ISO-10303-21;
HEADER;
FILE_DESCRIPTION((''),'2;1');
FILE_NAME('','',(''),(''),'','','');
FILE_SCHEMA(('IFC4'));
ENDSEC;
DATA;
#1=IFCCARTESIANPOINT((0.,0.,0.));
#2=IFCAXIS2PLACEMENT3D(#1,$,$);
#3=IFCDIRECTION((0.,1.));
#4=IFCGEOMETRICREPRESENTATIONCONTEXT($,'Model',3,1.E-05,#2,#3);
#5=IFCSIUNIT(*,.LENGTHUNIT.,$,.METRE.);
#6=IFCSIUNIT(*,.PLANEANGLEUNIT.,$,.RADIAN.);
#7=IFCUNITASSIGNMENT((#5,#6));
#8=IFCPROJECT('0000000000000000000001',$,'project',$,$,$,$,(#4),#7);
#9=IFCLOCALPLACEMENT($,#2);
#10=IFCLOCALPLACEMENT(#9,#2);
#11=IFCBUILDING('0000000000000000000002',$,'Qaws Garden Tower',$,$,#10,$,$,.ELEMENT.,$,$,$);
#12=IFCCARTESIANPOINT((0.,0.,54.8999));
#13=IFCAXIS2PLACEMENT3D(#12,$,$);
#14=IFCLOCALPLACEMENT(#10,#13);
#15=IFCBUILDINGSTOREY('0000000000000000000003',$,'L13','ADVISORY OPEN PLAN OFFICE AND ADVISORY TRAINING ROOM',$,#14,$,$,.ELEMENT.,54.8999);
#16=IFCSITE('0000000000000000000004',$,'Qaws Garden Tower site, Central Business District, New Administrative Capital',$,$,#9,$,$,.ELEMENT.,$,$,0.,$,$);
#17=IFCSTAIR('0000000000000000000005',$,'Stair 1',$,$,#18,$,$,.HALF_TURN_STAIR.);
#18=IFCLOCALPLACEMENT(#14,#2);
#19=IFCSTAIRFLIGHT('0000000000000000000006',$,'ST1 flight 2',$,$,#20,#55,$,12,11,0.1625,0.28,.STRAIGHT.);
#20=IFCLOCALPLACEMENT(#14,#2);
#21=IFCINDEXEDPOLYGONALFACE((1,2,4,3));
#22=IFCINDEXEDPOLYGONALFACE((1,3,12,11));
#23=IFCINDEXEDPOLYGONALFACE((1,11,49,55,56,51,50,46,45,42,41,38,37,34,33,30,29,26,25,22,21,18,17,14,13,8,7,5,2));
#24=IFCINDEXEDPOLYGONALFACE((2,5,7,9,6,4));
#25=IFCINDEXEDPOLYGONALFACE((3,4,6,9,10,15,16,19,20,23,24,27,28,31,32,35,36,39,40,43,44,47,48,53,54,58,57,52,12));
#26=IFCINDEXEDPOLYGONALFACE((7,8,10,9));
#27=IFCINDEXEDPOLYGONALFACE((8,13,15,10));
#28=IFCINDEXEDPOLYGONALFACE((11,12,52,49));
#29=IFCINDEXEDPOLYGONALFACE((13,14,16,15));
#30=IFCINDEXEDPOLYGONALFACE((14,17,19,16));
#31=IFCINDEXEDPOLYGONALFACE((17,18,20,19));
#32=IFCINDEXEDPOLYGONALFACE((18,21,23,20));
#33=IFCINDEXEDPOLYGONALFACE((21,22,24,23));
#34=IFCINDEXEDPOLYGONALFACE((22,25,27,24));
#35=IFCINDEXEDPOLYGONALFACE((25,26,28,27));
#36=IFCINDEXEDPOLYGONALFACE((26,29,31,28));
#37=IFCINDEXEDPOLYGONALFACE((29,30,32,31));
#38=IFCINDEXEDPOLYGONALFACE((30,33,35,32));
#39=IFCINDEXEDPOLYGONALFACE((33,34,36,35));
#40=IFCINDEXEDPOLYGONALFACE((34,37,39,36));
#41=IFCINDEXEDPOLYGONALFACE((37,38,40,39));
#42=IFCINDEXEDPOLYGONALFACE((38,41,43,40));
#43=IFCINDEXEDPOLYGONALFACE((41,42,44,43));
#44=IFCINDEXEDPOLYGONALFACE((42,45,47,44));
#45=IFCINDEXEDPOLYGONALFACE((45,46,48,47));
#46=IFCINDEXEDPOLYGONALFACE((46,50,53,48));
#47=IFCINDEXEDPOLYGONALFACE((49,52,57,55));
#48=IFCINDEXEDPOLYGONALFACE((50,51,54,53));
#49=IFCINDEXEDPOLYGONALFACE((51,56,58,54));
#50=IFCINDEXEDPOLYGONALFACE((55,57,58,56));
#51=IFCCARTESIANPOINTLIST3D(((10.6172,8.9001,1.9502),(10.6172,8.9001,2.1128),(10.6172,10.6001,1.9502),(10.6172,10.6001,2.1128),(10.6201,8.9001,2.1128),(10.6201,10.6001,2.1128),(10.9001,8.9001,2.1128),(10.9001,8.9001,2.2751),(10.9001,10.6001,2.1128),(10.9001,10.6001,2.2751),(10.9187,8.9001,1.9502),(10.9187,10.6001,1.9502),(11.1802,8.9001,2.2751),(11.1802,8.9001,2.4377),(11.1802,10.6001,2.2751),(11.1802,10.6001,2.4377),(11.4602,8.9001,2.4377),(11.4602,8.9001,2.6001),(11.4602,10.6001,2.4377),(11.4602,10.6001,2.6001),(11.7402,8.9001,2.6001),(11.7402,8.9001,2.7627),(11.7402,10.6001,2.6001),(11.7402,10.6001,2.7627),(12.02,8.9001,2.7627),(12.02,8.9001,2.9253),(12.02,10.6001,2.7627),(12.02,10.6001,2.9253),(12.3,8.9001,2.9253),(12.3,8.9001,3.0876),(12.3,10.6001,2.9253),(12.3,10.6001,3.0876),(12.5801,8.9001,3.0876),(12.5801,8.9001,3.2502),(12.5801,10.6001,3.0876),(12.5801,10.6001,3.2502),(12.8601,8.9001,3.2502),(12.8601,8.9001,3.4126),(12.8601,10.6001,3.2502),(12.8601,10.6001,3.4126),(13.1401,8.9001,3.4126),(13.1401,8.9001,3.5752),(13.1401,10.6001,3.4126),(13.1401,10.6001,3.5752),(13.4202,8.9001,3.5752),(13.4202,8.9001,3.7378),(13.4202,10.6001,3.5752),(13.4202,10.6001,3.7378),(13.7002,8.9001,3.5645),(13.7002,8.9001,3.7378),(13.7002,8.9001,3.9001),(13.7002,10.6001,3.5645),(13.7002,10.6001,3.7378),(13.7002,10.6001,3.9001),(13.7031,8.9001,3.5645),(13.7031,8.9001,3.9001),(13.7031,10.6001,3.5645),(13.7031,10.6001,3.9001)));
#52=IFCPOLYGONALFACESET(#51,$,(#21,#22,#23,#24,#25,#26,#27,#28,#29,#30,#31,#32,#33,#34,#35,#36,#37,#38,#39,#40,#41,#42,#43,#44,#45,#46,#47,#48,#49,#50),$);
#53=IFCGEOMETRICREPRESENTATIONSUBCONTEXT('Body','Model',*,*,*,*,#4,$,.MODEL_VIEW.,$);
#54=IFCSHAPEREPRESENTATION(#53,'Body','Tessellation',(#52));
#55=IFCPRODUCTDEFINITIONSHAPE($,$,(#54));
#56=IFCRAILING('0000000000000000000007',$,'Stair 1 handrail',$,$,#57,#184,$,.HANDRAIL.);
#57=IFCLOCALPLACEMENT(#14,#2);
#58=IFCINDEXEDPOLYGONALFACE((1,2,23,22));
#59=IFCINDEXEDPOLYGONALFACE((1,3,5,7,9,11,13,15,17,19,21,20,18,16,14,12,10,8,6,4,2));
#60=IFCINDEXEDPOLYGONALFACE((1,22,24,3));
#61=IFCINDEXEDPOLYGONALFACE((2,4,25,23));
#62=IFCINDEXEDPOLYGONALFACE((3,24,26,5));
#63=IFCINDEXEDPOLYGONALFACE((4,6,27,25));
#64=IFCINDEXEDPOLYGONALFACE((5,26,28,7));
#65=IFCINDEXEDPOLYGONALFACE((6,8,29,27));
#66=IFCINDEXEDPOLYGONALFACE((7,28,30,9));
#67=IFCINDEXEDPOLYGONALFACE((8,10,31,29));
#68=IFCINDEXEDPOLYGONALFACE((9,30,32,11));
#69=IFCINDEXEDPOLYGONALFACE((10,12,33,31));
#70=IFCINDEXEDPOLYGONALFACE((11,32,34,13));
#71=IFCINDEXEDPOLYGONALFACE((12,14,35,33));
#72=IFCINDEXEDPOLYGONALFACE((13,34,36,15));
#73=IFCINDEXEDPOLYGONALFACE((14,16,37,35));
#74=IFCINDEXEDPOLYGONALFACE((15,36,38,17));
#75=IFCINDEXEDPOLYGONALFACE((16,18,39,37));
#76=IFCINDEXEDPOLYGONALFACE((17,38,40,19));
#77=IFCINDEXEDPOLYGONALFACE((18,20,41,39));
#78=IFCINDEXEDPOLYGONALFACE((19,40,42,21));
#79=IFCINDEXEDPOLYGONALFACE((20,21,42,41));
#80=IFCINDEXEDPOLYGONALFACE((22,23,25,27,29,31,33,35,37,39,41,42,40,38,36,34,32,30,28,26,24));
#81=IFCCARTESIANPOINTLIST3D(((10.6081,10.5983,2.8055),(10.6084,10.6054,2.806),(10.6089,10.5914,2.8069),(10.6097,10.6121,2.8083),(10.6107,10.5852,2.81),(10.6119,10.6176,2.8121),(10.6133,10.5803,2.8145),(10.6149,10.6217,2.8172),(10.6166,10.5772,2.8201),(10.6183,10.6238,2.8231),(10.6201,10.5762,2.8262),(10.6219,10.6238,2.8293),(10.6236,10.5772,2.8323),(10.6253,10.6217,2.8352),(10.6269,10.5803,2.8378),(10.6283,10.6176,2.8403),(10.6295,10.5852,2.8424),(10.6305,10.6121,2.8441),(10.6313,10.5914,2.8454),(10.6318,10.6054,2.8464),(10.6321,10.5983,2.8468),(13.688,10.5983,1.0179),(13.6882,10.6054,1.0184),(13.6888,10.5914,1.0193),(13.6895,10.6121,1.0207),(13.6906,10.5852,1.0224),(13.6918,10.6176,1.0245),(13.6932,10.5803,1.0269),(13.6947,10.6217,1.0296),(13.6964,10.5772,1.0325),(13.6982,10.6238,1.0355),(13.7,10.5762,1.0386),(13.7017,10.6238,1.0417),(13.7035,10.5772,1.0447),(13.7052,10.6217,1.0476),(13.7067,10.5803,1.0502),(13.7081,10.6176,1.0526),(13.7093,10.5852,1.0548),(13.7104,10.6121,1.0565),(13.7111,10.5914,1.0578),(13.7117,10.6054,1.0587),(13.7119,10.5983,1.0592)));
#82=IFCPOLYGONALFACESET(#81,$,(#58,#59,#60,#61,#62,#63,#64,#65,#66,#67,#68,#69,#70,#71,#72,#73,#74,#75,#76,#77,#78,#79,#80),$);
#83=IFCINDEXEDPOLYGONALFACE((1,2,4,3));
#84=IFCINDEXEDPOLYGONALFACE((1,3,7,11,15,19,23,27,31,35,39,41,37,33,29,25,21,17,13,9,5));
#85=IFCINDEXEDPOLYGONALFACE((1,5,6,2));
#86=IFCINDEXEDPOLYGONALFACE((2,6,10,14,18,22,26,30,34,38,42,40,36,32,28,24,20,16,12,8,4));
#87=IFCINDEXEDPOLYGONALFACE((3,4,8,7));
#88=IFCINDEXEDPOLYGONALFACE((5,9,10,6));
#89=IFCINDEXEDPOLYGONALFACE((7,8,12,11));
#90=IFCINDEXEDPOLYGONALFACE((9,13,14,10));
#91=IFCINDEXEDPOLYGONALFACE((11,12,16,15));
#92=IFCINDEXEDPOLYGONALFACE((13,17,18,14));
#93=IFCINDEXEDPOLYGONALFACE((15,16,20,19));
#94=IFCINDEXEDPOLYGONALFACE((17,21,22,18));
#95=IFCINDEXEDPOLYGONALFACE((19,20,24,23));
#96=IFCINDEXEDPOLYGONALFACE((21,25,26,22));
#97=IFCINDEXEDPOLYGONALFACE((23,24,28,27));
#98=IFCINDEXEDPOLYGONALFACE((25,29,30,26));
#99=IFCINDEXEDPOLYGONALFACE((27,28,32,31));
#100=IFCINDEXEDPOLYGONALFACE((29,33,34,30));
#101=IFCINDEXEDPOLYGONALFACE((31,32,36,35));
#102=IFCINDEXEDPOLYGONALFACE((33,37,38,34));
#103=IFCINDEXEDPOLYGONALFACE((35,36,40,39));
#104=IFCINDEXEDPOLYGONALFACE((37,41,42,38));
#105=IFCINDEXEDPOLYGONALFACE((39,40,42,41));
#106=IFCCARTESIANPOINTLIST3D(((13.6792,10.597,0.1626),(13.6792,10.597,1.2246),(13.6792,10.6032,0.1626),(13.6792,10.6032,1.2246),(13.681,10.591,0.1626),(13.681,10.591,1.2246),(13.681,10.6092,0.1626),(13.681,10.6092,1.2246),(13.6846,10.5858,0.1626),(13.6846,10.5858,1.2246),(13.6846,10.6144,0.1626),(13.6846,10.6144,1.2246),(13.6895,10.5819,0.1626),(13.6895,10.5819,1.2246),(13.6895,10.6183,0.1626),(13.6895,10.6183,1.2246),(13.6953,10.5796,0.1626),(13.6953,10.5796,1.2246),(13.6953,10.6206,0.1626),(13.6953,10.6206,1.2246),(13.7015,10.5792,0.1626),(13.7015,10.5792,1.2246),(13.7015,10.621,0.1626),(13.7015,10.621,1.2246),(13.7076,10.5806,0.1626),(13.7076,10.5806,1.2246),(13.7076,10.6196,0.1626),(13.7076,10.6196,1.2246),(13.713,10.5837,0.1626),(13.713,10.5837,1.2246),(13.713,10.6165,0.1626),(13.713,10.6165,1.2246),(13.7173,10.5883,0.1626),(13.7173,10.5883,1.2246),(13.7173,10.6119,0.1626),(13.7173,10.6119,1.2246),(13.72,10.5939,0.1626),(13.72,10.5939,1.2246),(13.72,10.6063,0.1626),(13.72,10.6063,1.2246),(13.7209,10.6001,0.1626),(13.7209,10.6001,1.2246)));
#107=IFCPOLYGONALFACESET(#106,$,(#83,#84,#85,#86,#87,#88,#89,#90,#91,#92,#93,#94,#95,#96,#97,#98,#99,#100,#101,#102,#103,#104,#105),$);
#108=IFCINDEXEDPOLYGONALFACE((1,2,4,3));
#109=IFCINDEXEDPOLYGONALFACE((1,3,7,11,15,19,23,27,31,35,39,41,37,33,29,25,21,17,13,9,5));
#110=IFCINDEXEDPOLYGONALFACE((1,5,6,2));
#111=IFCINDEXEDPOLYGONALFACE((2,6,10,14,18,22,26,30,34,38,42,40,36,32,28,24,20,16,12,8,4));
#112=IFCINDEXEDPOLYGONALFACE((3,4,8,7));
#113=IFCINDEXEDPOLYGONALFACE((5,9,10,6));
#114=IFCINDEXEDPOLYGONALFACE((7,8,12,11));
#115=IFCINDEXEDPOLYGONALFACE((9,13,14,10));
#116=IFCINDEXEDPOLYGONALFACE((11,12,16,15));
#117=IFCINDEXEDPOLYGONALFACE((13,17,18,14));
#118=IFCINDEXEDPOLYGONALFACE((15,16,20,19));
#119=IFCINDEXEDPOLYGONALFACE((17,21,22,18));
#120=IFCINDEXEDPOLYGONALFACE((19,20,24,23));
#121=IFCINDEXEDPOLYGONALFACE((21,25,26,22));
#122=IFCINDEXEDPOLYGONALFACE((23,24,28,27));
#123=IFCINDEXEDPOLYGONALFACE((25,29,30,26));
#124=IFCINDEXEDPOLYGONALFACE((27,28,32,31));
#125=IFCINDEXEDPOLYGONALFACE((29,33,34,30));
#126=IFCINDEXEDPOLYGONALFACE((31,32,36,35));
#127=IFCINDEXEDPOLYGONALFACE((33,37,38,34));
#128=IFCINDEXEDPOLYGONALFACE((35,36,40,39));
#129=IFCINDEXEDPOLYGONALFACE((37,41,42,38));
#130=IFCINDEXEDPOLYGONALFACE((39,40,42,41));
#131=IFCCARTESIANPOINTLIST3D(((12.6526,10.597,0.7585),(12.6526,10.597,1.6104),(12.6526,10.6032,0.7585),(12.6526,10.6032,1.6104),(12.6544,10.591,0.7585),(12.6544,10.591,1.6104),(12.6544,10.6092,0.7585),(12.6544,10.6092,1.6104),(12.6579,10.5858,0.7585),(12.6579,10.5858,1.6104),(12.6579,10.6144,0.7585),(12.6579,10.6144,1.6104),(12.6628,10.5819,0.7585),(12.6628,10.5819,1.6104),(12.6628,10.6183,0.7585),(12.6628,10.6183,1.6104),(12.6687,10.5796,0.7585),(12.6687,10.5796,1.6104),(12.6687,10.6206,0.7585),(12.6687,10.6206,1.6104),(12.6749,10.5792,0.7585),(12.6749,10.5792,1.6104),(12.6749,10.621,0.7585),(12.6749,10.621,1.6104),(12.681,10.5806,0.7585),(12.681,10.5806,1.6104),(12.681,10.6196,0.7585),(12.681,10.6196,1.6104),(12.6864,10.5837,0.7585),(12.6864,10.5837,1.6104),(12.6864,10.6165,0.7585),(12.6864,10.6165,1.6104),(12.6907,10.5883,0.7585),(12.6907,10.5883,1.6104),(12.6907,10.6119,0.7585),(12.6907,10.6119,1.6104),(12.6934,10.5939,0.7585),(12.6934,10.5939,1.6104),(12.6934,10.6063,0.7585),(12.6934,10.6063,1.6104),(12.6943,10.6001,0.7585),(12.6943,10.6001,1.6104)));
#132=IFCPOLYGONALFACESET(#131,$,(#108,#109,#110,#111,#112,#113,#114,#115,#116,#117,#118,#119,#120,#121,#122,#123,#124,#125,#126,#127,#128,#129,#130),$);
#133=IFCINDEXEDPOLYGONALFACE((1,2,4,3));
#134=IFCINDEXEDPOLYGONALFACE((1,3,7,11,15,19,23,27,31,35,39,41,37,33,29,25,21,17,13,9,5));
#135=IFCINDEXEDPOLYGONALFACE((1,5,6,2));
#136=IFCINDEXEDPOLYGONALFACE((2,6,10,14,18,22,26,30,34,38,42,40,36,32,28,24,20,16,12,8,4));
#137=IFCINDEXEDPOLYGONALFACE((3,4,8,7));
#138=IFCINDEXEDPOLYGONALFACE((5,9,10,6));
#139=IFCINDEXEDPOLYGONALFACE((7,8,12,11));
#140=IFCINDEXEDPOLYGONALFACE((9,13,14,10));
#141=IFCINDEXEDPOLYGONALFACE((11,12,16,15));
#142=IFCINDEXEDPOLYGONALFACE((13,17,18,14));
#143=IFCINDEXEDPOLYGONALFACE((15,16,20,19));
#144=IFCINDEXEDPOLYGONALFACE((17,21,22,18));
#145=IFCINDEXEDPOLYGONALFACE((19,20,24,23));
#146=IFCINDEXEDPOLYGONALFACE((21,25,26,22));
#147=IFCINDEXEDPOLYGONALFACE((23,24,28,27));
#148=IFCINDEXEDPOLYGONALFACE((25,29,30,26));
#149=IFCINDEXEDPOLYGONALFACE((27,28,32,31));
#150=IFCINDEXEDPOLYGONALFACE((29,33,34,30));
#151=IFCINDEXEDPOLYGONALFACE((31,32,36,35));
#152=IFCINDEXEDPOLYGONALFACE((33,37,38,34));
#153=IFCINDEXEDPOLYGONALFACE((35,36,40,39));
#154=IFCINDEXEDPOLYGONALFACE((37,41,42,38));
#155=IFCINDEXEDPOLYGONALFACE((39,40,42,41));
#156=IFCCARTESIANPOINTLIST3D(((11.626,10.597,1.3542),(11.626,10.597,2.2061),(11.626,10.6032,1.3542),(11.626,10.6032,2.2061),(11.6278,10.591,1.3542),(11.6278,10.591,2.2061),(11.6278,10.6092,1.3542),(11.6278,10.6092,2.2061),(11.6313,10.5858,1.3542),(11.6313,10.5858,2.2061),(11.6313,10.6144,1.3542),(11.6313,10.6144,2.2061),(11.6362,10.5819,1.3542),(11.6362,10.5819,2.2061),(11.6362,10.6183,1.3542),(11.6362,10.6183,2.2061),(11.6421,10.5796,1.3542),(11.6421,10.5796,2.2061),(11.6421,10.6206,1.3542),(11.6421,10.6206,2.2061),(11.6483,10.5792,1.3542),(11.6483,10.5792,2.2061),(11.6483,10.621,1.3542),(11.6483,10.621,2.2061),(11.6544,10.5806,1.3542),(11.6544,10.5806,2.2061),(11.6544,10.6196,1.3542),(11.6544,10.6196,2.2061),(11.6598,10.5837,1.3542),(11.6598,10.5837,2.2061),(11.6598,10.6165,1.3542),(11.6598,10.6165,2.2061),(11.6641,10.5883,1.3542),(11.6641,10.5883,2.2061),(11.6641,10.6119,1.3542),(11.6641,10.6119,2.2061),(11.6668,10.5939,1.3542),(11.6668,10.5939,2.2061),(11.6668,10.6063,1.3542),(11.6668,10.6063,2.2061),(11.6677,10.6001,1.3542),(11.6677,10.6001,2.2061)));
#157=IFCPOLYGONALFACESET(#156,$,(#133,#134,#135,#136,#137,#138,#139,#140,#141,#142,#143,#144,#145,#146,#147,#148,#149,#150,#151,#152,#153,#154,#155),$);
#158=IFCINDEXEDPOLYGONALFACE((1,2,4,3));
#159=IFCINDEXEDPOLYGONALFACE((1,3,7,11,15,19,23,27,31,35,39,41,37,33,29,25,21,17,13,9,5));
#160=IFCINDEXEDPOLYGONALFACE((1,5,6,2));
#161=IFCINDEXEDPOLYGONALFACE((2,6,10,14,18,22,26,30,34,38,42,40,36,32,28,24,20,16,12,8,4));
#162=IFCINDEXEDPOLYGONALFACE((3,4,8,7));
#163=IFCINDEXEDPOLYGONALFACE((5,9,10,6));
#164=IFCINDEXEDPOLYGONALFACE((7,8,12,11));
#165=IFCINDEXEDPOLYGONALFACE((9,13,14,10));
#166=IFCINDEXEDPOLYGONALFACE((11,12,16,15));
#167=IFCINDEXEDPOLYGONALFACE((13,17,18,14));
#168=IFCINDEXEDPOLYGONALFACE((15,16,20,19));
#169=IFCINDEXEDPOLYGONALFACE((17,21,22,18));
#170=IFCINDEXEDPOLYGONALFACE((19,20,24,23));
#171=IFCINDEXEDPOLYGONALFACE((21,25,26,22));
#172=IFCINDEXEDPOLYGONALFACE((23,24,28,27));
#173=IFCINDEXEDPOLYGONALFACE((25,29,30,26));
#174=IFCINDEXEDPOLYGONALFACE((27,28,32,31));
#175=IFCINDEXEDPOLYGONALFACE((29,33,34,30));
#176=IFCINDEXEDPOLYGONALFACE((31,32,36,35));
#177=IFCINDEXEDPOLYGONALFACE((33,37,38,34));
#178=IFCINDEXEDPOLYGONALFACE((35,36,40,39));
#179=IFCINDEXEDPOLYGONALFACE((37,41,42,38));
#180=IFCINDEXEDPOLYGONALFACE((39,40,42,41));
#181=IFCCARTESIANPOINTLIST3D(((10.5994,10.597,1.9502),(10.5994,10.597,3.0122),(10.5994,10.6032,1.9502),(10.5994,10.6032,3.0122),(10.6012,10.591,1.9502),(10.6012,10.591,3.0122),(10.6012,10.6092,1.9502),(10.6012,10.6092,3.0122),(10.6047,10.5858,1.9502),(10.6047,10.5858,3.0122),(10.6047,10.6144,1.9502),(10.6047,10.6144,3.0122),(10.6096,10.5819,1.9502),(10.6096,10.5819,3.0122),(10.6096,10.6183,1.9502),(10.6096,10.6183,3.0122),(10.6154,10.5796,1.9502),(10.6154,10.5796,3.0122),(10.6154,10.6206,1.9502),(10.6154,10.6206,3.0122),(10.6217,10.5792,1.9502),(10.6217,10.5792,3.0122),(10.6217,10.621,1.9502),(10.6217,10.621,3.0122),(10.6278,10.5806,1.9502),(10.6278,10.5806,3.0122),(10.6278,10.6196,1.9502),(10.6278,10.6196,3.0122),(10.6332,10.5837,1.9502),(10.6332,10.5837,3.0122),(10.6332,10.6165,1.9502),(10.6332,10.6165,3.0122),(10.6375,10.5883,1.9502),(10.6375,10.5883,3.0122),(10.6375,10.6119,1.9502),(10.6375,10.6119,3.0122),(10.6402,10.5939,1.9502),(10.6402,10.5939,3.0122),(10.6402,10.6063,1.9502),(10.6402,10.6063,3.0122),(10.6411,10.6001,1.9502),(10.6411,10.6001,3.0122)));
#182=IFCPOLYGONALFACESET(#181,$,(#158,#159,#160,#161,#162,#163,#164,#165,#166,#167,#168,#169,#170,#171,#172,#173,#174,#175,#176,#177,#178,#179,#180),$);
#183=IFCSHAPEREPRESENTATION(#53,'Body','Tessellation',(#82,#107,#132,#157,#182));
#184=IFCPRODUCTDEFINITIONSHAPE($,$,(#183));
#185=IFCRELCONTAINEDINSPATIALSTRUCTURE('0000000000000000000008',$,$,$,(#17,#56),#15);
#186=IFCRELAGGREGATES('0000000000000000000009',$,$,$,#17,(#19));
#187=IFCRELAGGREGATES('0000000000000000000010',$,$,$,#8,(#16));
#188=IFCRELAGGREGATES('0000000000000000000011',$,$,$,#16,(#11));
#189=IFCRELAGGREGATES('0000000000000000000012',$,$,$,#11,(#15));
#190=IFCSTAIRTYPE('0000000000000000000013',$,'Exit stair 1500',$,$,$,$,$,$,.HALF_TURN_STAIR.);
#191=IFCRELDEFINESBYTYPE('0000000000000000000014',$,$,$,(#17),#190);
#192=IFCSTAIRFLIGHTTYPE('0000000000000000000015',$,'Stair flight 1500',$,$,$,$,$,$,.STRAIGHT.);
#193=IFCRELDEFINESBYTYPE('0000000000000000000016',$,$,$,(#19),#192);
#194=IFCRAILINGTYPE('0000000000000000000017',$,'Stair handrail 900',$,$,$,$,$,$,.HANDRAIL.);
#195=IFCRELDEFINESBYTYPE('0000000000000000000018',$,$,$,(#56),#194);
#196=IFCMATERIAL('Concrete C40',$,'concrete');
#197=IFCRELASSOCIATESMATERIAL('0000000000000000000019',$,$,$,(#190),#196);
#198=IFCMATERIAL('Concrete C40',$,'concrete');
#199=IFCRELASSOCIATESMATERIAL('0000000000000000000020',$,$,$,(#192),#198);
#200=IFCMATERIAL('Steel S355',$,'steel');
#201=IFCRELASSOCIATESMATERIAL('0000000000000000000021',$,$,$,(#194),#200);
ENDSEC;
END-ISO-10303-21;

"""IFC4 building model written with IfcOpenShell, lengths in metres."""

from ifc_helpers import new_model, si_unit, direction, frame, origin, origin_2d, place, context, subcontext, project, spatial, polyline, circle, outline, extrude, material, type_object, element, aggregate, save


model = new_model("IFC4")

# Units and contexts
model_context = context("Model", 3, precision=1e-05, world=origin(), true_north=direction((0.0, 1.0)))
body_context = subcontext(model_context, "Body", "Model", "MODEL_VIEW")
ifc_project = project(units=[si_unit("LENGTHUNIT", "METRE"), si_unit("PLANEANGLEUNIT", "RADIAN")], contexts=[model_context])

# Site, building, storey
site_placement = place(None, origin())
site = spatial("IfcSite", under=ifc_project, at=site_placement, Name="Qaws Garden Tower site, Central Business District, New Administrative Capital", CompositionType="ELEMENT", RefElevation=0.0)
building_placement = place(site_placement, origin())
building = spatial("IfcBuilding", under=site, at=building_placement, Name="Qaws Garden Tower", CompositionType="ELEMENT")
storey_placement = place(building_placement, frame((0.0, 0.0, 54.8999)))
storey = spatial("IfcBuildingStorey", under=building, at=storey_placement, Name="L13", Description="ADVISORY OPEN PLAN OFFICE AND ADVISORY TRAINING ROOM", CompositionType="ELEMENT", Elevation=54.8999)

# Stair, stair flight
ifc_material_1 = material(Name="Concrete C40", Category="concrete")
stair_type = type_object("IfcStairType", Name="Exit stair 1500", PredefinedType="HALF_TURN_STAIR", material=ifc_material_1)
stair_placement = place(storey_placement, origin())
stair = element("IfcStair", 1, at=stair_placement, inside=storey, type_object=stair_type, Name="Stair 1", PredefinedType="HALF_TURN_STAIR")
ifc_material_2 = material(Name="Concrete C40", Category="concrete")
stair_flight_type = type_object("IfcStairFlightType", Name="Stair flight 1500", PredefinedType="STRAIGHT", material=ifc_material_2)
stair_flight_1_placement = place(storey_placement, frame((10.6201, 9.75, 1.9502), z_axis=(0.0, 0.0, 1.0), x_axis=(1.0, 0.0, 0.0)))
stair_flight_1 = element("IfcStairFlight", 2, at=stair_flight_1_placement, type_object=stair_flight_type, Name="ST1 flight 2", NumberOfRisers=12, NumberOfTreads=11, PredefinedType="STRAIGHT", RiserHeight=0.1625, TreadLength=0.28, context=body_context, shape_type="SweptSolid", body=[
    extrude(outline(polyline([(-0.0029, 0.0), (-0.0029, 0.1626), (0.0, 0.1626), (0.28, 0.1626), (0.28, 0.325), (0.5601, 0.325), (0.5601, 0.4875), (0.8401, 0.4875), (0.8401, 0.6499), (1.1201, 0.6499), (1.1201, 0.8125), (1.3999, 0.8125), (1.3999, 0.9751), (1.6799, 0.9751), (1.6799, 1.1375), (1.96, 1.1375), (1.96, 1.3), (2.24, 1.3), (2.24, 1.4624), (2.52, 1.4624), (2.52, 1.625), (2.8, 1.625), (2.8, 1.7876), (3.0801, 1.7876), (3.0801, 1.95), (3.083, 1.95), (3.083, 1.6143), (3.0801, 1.6143), (0.2986, 0.0), (-0.0029, 0.0)])), frame((0.0, 0.8501, 0.0), z_axis=(0.0, -1.0, 0.0), x_axis=(1.0, 0.0, 0.0)), (0.0, 0.0, 1.0), 1.7),
])
aggregate(stair, [stair_flight_1])

# Railing
ifc_material_3 = material(Name="Steel S355", Category="steel")
railing_type = type_object("IfcRailingType", Name="Stair handrail 900", PredefinedType="HANDRAIL", material=ifc_material_3)
railing_1_placement = place(storey_placement, frame((13.7, 10.6001, 0.1626)))
element("IfcRailing", 3, at=railing_1_placement, inside=storey, type_object=railing_type, Name="Stair 1 handrail", PredefinedType="HANDRAIL", context=body_context, shape_type="SweptSolid", body=[
    extrude(circle(Radius=0.0239, at=origin_2d()), frame((0.0, 0.0, 0.876), z_axis=(-0.864873, 0.0, 0.50199), x_axis=(0.0, -1.0, 0.0)), (0.0, 0.0, 1.0), 3.561),
    extrude(circle(Radius=0.021, at=origin_2d()), origin(), (0.0, 0.0, 1.0), 1.062),
    extrude(circle(Radius=0.021, at=origin_2d()), frame((-1.0266, 0.0, 0.5959)), (0.0, 0.0, 1.0), 0.8518),
    extrude(circle(Radius=0.021, at=origin_2d()), frame((-2.0532, 0.0, 1.1917)), (0.0, 0.0, 1.0), 0.8518),
    extrude(circle(Radius=0.021, at=origin_2d()), frame((-3.0798, 0.0, 1.7876)), (0.0, 0.0, 1.0), 1.062),
])

save(model, "model.ifc")
